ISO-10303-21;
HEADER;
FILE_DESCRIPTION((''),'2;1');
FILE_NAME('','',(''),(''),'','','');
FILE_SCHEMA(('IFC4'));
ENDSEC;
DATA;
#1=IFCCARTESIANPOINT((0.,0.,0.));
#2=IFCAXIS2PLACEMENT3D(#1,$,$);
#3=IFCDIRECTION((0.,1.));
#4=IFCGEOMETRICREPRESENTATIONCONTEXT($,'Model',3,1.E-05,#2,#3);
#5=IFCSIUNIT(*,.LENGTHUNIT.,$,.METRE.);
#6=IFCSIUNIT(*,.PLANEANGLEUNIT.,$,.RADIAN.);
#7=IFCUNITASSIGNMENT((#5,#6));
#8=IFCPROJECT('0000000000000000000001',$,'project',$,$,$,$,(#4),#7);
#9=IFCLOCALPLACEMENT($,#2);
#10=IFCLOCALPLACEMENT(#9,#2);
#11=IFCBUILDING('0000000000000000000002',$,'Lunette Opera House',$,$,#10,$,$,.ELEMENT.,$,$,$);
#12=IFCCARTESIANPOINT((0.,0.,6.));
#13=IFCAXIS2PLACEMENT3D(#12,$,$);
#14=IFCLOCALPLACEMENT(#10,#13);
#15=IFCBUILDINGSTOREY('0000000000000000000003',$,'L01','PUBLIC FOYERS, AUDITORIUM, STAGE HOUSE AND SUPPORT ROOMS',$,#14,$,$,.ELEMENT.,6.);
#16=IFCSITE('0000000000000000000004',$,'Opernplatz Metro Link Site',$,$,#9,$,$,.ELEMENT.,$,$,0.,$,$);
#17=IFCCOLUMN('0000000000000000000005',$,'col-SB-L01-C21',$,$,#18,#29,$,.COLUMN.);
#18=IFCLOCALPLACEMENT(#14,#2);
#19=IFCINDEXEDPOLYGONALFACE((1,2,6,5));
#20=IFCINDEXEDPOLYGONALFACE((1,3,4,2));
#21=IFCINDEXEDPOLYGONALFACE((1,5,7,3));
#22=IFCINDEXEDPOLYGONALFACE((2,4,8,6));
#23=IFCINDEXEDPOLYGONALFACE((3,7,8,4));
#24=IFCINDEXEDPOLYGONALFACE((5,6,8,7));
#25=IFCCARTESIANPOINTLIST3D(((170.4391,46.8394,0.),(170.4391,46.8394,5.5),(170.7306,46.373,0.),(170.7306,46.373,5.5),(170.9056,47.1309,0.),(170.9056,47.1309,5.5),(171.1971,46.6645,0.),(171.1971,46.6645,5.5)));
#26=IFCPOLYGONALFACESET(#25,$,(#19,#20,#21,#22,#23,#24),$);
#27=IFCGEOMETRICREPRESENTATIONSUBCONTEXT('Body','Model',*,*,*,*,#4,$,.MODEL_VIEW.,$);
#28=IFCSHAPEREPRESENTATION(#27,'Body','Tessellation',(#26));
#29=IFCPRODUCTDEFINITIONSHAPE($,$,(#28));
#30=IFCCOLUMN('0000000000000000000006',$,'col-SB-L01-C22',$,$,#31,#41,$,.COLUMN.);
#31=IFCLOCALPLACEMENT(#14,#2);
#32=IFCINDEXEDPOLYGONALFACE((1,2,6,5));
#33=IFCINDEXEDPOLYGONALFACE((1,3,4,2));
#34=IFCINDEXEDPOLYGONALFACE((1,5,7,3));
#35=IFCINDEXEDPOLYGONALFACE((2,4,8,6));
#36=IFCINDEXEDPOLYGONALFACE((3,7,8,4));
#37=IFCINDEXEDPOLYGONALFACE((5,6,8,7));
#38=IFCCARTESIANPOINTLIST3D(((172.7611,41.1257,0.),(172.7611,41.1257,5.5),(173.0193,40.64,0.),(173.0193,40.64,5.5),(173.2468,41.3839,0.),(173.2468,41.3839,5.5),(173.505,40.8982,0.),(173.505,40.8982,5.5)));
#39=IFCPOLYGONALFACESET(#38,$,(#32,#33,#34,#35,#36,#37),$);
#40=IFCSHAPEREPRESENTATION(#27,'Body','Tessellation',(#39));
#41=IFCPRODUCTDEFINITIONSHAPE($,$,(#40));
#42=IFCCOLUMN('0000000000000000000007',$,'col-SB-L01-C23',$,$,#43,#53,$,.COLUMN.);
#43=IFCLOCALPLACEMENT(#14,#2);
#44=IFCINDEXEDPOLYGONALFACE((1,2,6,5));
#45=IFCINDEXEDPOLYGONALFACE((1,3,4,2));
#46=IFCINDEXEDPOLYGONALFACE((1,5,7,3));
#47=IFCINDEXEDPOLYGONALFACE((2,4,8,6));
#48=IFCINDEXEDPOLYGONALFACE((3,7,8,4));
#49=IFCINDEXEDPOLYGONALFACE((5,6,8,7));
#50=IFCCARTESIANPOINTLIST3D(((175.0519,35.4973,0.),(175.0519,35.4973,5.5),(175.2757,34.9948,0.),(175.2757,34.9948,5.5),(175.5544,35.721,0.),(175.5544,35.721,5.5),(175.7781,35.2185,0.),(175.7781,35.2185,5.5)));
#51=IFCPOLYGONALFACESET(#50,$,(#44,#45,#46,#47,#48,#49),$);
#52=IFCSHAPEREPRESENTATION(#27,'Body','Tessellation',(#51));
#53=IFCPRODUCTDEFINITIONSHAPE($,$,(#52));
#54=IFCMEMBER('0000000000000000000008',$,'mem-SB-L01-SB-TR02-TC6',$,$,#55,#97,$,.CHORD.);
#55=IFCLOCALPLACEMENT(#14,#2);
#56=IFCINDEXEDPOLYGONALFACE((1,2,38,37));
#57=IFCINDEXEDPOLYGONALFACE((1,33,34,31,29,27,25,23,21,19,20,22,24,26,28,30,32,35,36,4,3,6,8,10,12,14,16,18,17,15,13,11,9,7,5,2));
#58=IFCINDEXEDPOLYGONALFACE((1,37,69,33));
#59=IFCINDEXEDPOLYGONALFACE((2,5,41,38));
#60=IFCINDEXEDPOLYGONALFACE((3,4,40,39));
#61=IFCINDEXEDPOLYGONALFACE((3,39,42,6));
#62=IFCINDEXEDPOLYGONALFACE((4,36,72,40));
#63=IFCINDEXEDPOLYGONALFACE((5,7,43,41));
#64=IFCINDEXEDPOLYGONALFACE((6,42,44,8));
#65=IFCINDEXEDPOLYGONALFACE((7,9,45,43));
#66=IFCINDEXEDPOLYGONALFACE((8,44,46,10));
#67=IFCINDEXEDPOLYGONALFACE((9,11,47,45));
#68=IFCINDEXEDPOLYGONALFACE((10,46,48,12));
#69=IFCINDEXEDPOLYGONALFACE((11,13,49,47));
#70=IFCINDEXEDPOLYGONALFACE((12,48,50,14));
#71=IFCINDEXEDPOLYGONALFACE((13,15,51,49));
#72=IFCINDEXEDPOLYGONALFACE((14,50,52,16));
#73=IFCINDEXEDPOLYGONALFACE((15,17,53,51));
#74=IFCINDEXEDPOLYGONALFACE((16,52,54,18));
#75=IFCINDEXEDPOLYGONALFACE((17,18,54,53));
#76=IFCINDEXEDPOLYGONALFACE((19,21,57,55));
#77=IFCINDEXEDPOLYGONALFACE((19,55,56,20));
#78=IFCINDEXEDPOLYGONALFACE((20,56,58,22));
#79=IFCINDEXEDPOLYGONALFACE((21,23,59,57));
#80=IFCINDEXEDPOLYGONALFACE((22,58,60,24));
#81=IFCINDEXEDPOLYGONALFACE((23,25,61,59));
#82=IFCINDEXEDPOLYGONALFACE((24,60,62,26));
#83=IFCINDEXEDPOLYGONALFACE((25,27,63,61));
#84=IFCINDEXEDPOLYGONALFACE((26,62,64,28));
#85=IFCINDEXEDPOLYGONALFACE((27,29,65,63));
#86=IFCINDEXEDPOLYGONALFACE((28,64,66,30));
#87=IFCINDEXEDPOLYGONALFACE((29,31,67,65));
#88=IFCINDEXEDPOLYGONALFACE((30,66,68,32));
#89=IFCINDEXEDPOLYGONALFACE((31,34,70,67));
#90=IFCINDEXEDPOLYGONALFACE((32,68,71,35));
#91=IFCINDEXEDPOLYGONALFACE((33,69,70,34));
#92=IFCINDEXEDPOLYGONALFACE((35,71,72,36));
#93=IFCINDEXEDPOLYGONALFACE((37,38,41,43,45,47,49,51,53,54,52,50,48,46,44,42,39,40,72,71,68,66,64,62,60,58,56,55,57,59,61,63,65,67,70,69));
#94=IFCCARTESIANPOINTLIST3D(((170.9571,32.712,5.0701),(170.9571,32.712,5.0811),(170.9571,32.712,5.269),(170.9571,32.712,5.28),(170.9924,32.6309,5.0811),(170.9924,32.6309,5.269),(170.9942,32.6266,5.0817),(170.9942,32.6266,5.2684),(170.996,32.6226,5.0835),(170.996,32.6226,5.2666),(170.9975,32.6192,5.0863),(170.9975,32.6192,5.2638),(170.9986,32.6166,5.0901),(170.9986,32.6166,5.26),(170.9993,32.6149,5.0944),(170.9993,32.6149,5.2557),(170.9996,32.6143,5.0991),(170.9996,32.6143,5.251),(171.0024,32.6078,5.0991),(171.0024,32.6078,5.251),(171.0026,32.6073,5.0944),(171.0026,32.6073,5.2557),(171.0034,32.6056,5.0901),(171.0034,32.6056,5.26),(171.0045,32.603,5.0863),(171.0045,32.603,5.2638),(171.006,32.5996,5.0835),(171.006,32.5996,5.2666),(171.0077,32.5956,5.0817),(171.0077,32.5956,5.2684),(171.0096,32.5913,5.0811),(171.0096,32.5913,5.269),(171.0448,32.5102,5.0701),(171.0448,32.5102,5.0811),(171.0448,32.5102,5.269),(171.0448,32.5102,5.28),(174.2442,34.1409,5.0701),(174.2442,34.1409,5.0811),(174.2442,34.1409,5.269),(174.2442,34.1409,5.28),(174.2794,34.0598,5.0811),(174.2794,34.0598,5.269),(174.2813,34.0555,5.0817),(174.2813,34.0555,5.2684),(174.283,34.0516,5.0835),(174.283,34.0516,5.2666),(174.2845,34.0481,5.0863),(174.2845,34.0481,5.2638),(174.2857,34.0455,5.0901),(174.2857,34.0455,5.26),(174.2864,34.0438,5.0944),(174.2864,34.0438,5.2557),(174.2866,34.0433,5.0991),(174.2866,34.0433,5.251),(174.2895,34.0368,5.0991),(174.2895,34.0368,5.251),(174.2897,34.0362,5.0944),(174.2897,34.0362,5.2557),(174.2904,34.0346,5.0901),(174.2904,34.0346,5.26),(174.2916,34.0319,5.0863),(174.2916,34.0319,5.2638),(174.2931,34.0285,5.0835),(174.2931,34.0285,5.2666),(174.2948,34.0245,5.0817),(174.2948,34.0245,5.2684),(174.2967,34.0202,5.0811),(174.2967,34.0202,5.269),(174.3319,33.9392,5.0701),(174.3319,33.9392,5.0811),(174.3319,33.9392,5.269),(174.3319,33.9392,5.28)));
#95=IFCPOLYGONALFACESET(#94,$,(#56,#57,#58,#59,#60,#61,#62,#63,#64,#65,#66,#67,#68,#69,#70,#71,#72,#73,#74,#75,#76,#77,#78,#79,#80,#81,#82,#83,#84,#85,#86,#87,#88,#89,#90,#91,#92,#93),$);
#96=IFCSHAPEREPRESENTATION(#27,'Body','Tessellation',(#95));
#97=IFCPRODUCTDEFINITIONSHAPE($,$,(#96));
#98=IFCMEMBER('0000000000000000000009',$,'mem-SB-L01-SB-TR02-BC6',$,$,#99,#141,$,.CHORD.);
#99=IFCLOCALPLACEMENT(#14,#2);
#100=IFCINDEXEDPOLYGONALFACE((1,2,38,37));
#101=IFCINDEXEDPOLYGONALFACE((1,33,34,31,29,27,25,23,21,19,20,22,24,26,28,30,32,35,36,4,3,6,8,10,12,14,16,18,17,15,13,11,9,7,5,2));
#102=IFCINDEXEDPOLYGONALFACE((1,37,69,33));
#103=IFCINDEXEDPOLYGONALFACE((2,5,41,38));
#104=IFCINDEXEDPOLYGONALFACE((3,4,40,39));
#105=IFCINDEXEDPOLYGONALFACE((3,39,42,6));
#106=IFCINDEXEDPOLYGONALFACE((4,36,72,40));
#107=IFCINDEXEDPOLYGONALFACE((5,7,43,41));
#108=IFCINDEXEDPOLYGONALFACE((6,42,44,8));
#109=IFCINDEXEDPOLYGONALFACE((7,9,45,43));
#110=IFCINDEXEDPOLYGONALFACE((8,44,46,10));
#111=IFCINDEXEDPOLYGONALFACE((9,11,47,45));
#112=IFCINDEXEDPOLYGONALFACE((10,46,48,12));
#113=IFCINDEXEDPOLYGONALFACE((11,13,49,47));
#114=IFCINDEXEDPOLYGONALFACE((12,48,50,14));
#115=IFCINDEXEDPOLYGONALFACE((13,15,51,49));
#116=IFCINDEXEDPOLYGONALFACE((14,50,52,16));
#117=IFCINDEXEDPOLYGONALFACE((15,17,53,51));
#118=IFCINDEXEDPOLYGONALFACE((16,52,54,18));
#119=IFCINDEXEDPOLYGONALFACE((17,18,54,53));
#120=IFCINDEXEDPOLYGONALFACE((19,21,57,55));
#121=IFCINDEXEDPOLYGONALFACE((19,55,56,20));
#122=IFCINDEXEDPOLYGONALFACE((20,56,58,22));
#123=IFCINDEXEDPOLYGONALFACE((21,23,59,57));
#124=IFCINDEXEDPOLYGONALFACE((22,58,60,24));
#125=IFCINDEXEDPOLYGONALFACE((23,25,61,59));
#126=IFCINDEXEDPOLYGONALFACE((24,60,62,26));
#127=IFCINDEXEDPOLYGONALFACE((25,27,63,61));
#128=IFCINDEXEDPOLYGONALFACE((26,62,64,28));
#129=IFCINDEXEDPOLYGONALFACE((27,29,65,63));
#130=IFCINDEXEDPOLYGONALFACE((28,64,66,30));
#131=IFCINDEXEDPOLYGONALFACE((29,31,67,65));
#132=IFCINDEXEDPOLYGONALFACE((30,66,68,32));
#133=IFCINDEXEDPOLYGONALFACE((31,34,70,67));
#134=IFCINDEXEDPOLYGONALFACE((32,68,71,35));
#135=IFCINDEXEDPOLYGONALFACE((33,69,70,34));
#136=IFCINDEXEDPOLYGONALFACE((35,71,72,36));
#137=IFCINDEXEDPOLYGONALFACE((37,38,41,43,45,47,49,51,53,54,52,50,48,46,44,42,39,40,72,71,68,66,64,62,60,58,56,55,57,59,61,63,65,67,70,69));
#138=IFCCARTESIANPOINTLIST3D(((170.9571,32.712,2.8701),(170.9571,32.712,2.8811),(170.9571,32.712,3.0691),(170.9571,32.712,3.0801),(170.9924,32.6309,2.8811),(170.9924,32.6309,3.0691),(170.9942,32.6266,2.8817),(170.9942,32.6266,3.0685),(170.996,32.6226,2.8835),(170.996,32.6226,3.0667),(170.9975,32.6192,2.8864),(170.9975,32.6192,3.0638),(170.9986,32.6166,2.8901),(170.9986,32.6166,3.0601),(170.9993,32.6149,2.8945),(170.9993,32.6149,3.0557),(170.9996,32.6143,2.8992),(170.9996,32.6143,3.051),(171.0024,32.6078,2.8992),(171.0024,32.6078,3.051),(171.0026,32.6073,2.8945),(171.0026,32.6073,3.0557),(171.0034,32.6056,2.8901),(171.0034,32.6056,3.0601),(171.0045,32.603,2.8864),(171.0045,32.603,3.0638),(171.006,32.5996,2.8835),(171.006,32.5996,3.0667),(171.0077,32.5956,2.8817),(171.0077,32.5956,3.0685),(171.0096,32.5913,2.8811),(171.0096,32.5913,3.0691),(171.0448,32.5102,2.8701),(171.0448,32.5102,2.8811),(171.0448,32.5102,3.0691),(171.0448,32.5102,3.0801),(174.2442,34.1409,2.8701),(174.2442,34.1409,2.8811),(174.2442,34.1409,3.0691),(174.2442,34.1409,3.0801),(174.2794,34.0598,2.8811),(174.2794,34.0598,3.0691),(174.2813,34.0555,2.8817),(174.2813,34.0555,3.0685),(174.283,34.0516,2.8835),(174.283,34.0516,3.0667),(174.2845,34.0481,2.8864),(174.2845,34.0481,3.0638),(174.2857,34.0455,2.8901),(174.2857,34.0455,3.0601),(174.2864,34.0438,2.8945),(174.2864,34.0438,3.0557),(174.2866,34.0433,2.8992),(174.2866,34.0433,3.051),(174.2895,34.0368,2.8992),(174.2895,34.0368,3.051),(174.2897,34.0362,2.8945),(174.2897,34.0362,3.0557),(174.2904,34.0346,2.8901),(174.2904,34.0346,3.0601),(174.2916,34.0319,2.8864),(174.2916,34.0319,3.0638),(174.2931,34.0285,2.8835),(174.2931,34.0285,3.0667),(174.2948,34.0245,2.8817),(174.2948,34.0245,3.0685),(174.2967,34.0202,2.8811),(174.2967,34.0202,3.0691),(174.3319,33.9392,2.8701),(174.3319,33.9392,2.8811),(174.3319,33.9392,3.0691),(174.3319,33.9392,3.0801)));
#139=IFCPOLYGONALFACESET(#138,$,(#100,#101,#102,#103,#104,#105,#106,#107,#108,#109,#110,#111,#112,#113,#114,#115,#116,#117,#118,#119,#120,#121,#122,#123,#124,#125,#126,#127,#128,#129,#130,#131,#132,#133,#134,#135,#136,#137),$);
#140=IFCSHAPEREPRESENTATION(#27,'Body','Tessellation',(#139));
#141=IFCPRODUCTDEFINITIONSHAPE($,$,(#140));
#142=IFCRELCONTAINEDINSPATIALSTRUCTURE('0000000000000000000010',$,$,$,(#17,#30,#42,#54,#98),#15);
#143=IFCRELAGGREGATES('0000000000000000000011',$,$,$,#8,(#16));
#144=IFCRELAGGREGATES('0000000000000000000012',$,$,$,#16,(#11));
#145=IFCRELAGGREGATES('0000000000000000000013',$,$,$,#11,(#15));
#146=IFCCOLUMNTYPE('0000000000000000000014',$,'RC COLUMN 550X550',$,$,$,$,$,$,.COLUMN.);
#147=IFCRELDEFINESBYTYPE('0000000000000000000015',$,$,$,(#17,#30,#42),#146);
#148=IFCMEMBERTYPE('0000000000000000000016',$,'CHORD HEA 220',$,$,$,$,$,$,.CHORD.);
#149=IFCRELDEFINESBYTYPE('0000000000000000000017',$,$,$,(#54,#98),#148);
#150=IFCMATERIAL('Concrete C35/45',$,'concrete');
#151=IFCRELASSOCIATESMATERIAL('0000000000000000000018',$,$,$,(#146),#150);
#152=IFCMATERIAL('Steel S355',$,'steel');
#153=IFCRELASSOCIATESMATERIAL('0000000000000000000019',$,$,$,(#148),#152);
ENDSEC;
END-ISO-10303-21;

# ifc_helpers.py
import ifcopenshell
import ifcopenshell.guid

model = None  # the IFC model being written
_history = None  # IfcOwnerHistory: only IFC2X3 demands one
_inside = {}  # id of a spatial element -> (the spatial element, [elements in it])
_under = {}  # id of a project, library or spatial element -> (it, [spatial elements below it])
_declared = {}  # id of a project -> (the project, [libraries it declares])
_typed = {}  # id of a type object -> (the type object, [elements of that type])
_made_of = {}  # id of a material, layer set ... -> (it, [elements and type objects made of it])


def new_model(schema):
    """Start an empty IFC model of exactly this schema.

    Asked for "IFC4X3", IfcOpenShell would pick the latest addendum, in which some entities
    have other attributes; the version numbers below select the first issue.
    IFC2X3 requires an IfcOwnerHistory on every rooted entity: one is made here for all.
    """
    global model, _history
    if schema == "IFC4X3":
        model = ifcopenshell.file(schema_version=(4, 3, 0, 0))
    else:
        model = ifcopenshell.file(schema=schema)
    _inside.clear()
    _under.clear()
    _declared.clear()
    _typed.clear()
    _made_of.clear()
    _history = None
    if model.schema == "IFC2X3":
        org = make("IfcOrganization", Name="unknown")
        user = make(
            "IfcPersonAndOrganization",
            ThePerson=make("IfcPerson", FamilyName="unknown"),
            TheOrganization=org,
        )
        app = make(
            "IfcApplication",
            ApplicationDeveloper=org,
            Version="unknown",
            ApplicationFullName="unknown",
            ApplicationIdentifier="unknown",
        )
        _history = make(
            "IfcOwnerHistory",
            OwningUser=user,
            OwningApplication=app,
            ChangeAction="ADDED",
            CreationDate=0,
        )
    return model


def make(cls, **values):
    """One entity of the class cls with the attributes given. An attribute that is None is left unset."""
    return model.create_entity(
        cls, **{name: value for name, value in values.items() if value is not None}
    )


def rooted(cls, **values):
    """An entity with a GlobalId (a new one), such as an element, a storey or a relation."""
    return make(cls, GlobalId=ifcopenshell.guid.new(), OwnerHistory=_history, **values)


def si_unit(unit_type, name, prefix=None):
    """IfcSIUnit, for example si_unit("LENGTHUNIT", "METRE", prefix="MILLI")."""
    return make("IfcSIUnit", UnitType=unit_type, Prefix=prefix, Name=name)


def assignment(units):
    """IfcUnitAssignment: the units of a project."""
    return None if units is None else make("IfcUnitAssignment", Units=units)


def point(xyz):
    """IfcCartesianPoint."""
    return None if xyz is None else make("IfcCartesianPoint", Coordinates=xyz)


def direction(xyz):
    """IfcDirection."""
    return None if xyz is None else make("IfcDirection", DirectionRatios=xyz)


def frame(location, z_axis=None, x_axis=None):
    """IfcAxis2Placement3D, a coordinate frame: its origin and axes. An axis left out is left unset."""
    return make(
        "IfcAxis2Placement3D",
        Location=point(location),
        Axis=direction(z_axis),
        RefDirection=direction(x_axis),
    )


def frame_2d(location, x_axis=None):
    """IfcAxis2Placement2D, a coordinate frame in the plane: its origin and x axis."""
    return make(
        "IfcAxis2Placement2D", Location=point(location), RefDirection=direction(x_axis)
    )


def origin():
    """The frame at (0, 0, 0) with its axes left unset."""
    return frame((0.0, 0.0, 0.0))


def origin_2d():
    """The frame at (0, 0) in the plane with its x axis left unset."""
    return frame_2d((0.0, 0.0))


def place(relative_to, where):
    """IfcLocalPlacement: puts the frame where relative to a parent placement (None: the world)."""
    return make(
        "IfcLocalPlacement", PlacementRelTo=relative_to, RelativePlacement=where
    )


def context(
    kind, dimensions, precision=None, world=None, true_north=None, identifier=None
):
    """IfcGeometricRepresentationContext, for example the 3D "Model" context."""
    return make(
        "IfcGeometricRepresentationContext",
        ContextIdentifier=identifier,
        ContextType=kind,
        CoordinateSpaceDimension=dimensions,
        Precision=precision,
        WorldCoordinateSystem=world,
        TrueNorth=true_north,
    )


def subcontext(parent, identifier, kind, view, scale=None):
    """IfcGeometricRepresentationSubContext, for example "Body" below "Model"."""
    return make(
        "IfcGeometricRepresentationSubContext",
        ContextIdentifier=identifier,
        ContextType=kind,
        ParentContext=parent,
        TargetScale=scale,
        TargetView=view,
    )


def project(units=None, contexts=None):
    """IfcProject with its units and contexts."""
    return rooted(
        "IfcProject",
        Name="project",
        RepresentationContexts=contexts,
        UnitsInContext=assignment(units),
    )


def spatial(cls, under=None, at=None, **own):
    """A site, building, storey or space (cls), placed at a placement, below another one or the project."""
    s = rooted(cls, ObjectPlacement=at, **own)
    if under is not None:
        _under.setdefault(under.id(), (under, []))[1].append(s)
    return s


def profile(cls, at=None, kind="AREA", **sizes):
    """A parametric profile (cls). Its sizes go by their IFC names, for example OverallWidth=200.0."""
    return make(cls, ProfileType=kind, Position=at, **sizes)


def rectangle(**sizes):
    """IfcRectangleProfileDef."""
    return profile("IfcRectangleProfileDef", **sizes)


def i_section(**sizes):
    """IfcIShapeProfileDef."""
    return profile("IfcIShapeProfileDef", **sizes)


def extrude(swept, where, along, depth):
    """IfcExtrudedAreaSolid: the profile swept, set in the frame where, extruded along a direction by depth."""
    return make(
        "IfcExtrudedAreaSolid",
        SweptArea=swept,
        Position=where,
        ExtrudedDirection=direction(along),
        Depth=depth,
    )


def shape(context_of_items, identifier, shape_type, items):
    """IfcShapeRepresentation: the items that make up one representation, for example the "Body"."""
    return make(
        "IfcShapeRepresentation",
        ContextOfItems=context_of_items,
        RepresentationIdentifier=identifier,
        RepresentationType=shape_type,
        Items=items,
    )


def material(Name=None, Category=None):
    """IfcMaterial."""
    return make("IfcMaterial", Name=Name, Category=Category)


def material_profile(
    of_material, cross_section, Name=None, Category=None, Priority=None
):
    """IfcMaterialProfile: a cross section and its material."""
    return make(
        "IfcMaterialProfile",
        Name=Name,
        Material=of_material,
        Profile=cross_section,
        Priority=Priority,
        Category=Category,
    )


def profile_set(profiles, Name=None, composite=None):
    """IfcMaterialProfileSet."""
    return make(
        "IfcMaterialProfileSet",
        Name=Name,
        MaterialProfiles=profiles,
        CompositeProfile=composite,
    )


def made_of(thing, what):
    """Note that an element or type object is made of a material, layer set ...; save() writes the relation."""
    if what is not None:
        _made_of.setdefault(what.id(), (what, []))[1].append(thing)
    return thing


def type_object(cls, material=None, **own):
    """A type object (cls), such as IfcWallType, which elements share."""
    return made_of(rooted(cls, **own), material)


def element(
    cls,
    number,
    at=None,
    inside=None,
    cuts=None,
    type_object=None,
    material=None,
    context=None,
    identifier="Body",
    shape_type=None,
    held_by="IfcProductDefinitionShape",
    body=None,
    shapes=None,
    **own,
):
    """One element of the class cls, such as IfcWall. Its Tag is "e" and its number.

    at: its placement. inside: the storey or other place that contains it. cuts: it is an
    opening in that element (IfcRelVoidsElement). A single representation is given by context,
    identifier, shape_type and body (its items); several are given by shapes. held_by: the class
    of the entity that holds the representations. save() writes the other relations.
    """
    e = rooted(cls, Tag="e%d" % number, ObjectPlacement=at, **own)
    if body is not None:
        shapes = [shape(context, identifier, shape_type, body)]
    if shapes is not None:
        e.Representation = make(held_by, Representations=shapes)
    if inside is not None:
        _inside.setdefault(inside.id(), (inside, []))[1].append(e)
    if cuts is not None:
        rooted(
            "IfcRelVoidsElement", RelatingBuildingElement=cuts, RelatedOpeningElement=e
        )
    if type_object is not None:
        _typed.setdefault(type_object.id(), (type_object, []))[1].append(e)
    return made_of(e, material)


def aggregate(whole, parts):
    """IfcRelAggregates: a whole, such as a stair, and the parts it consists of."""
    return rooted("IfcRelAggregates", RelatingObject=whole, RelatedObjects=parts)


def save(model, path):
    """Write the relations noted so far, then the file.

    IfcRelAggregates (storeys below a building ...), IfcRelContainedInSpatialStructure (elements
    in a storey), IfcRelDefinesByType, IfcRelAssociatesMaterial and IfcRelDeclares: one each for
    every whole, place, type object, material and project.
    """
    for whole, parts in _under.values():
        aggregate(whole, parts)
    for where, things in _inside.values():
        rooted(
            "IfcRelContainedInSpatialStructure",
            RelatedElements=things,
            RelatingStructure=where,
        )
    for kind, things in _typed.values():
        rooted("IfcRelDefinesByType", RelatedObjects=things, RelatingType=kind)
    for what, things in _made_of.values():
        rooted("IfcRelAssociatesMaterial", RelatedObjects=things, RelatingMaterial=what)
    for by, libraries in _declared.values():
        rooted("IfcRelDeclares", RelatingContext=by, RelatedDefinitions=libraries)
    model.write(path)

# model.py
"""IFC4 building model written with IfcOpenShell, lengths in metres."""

from ifc_helpers import new_model, si_unit, direction, frame, origin, origin_2d, place, context, subcontext, project, spatial, rectangle, i_section, extrude, material, material_profile, profile_set, type_object, element, save


model = new_model("IFC4")

# Units and contexts
model_context = context("Model", 3, precision=1e-05, world=origin(), true_north=direction((0.0, 1.0)))
body_context = subcontext(model_context, "Body", "Model", "MODEL_VIEW")
ifc_project = project(units=[si_unit("LENGTHUNIT", "METRE"), si_unit("PLANEANGLEUNIT", "RADIAN")], contexts=[model_context])

# Site, building, storey
site_placement = place(None, origin())
site = spatial("IfcSite", under=ifc_project, at=site_placement, Name="Opernplatz Metro Link Site", CompositionType="ELEMENT", RefElevation=0.0)
building_placement = place(site_placement, origin())
building = spatial("IfcBuilding", under=site, at=building_placement, Name="Lunette Opera House", CompositionType="ELEMENT")
storey_placement = place(building_placement, frame((0.0, 0.0, 6.0)))
storey = spatial("IfcBuildingStorey", under=building, at=storey_placement, Name="L01", Description="PUBLIC FOYERS, AUDITORIUM, STAGE HOUSE AND SUPPORT ROOMS", CompositionType="ELEMENT", Elevation=6.0)

# Columns
ifc_material_1 = material(Name="Concrete C35/45", Category="concrete")
ifc_material_profile_1 = material_profile(ifc_material_1, rectangle(XDim=0.55, YDim=0.55, at=origin_2d()), Name="RC COLUMN 550X550")
ifc_profile_set_1 = profile_set([ifc_material_profile_1], Name="Concrete C35/45")
column_type = type_object("IfcColumnType", Name="RC COLUMN 550X550", PredefinedType="COLUMN", material=ifc_profile_set_1)
for number, where, z_axis, x_axis, name in (
    (1, (170.8181, 46.752, 0.0), (0.0, 0.0, 1.0), (0.529919, -0.848048, 0.0), "col-SB-L01-C21"),
    (2, (173.1331, 41.012, 0.0), (0.0, 0.0, 1.0), (0.469472, -0.882948, 0.0), "col-SB-L01-C22"),
    (3, (175.415, 35.3579, 0.0), (0.0, 0.0, 1.0), (0.406737, -0.913545, 0.0), "col-SB-L01-C23"),
):
    element("IfcColumn", number, at=place(storey_placement, frame(where, z_axis=z_axis, x_axis=x_axis)), inside=storey, type_object=column_type, Name=name, PredefinedType="COLUMN", context=body_context, shape_type="SweptSolid", body=[
        extrude(rectangle(XDim=0.55, YDim=0.55, at=origin_2d()), origin(), (0.0, 0.0, 1.0), 5.5),
    ])

# Members
ifc_material_2 = material(Name="Steel S355", Category="steel")
ifc_material_profile_2 = material_profile(ifc_material_2, i_section(OverallWidth=0.22, OverallDepth=0.21, WebThickness=0.0071, FlangeThickness=0.011, FilletRadius=0.0181, at=origin_2d()), Name="HEA 220")
ifc_profile_set_2 = profile_set([ifc_material_profile_2], Name="Steel S355")
member_type_1 = type_object("IfcMemberType", Name="CHORD HEA 220", PredefinedType="CHORD", material=ifc_profile_set_2)
for number, where, z_axis, x_axis, name in (
    (4, (171.001, 32.6111, 5.175), (0.917093, 0.398674, 0.0), (-0.398674, 0.917093, 0.0), "mem-SB-L01-SB-TR02-TC6"),
    (5, (171.001, 32.6111, 2.9751), (0.917093, 0.398674, 0.0), (-0.398674, 0.917093, 0.0), "mem-SB-L01-SB-TR02-BC6"),
):
    element("IfcMember", number, at=place(storey_placement, frame(where, z_axis=z_axis, x_axis=x_axis)), inside=storey, type_object=member_type_1, Name=name, PredefinedType="CHORD", context=body_context, shape_type="SweptSolid", body=[
        extrude(i_section(OverallWidth=0.22, OverallDepth=0.21, WebThickness=0.0071, FlangeThickness=0.011, FilletRadius=0.0181, at=origin_2d()), origin(), (0.0, 0.0, 1.0), 3.5842),
    ])

save(model, "model.ifc")
